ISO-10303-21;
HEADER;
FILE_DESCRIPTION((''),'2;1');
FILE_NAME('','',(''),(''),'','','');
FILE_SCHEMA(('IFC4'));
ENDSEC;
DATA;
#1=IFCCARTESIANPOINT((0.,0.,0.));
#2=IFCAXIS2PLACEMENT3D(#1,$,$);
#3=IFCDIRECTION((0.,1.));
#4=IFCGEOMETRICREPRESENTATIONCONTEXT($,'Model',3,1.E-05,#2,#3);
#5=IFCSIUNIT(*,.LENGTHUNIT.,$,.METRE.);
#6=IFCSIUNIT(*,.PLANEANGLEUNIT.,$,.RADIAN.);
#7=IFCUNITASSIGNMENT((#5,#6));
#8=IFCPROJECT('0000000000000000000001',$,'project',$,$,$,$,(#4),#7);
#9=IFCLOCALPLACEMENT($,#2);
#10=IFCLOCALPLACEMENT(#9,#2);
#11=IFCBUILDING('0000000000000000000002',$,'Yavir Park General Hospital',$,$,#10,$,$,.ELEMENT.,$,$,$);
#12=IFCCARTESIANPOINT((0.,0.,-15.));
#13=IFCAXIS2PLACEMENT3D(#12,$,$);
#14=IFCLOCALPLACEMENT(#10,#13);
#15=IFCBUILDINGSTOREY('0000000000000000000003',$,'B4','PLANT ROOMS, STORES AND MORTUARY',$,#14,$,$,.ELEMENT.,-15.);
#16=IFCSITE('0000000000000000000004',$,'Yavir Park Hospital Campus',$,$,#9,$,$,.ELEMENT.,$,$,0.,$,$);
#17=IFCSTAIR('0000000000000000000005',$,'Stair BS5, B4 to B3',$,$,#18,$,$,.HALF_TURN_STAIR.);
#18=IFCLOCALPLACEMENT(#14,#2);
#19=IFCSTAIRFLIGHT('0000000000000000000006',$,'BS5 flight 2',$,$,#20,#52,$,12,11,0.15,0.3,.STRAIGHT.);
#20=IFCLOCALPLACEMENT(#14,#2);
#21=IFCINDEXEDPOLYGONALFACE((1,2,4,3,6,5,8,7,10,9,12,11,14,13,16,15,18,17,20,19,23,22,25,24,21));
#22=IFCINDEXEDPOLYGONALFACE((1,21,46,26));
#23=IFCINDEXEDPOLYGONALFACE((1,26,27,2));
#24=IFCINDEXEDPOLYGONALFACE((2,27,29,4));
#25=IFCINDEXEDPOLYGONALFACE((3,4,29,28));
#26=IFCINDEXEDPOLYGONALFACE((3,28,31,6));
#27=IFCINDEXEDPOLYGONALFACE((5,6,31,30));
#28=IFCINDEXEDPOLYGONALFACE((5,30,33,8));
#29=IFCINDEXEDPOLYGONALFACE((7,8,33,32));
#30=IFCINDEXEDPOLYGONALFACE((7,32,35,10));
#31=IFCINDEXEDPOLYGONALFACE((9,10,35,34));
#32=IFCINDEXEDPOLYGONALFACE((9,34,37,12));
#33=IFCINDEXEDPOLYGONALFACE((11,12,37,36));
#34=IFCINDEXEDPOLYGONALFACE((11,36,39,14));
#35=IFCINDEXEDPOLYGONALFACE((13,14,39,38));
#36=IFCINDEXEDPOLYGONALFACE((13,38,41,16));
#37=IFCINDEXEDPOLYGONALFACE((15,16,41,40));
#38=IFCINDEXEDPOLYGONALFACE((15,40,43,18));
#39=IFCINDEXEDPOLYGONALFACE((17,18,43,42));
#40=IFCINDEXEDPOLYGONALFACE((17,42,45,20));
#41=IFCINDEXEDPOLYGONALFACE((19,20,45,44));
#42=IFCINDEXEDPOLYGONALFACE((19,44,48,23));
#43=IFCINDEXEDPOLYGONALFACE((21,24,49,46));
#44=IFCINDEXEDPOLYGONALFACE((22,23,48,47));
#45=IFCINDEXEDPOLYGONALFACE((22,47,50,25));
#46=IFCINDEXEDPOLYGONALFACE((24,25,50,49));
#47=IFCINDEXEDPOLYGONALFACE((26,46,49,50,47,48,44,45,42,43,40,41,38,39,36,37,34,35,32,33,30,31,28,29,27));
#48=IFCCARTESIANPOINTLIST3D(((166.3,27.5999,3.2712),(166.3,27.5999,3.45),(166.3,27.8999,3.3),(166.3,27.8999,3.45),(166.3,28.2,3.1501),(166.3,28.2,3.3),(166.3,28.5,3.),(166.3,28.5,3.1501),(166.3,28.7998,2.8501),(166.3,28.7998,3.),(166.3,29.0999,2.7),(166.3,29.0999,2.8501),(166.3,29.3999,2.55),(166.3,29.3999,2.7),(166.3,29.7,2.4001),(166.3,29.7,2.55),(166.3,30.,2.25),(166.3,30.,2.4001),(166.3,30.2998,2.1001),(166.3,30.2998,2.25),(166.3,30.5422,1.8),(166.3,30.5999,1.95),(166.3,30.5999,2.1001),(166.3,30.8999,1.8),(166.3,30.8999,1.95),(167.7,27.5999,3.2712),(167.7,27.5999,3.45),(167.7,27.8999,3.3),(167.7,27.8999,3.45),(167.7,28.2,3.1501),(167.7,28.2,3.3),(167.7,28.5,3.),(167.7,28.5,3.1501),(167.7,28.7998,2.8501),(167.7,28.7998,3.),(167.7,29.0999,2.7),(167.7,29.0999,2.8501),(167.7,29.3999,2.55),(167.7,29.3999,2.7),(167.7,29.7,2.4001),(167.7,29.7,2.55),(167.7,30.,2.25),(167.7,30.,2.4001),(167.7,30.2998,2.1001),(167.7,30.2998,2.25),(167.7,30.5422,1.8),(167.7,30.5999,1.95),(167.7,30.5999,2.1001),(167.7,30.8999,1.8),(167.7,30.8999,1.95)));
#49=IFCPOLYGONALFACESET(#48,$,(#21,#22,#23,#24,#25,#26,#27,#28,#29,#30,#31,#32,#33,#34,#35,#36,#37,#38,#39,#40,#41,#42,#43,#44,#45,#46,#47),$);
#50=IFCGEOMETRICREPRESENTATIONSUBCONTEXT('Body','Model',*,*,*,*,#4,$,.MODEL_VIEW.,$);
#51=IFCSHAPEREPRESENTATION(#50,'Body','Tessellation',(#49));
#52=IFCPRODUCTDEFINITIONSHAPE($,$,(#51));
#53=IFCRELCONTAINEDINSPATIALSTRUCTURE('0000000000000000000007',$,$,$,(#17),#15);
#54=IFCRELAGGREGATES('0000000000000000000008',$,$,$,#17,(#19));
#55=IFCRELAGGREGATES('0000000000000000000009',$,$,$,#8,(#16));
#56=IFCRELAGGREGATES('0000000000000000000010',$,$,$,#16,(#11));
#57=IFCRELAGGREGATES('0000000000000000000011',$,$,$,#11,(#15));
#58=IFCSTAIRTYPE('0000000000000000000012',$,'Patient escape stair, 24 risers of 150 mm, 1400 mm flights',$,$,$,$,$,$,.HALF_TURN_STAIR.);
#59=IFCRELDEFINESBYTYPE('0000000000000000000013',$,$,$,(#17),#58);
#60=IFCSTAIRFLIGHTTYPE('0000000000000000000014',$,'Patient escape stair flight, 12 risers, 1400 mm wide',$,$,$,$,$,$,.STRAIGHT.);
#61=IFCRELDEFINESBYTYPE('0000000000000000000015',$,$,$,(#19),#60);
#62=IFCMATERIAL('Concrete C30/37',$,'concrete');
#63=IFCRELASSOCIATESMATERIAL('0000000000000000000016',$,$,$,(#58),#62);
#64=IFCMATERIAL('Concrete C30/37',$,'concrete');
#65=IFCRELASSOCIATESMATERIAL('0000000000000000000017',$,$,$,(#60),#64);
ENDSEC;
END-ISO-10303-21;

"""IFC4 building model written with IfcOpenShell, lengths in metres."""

from ifc_helpers import new_model, si_unit, direction, frame, origin, place, context, subcontext, project, spatial, polyline, outline, extrude, material, type_object, element, aggregate, save


model = new_model("IFC4")

# Units and contexts
model_context = context("Model", 3, precision=1e-05, world=origin(), true_north=direction((0.0, 1.0)))
body_context = subcontext(model_context, "Body", "Model", "MODEL_VIEW")
ifc_project = project(units=[si_unit("LENGTHUNIT", "METRE"), si_unit("PLANEANGLEUNIT", "RADIAN")], contexts=[model_context])

# Site, building, storey
site_placement = place(None, origin())
site = spatial("IfcSite", under=ifc_project, at=site_placement, Name="Yavir Park Hospital Campus", CompositionType="ELEMENT", RefElevation=0.0)
building_placement = place(site_placement, origin())
building = spatial("IfcBuilding", under=site, at=building_placement, Name="Yavir Park General Hospital", CompositionType="ELEMENT")
storey_placement = place(building_placement, frame((0.0, 0.0, -15.0)))
storey = spatial("IfcBuildingStorey", under=building, at=storey_placement, Name="B4", Description="PLANT ROOMS, STORES AND MORTUARY", CompositionType="ELEMENT", Elevation=-15.0)

# Stair, stair flight
ifc_material_1 = material(Name="Concrete C30/37", Category="concrete")
stair_type = type_object("IfcStairType", Name="Patient escape stair, 24 risers of 150 mm, 1400 mm flights", PredefinedType="HALF_TURN_STAIR", material=ifc_material_1)
stair_placement = place(storey_placement, origin())
stair = element("IfcStair", 1, at=stair_placement, inside=storey, type_object=stair_type, Name="Stair BS5, B4 to B3", PredefinedType="HALF_TURN_STAIR")
ifc_material_2 = material(Name="Concrete C30/37", Category="concrete")
stair_flight_type = type_object("IfcStairFlightType", Name="Patient escape stair flight, 12 risers, 1400 mm wide", PredefinedType="STRAIGHT", material=ifc_material_2)
stair_flight_1_placement = place(storey_placement, frame((167.0, 30.8999, 1.8), z_axis=(0.0, 0.0, 1.0), x_axis=(0.0, -1.0, 0.0)))
stair_flight_1 = element("IfcStairFlight", 2, at=stair_flight_1_placement, type_object=stair_flight_type, Name="BS5 flight 2", NumberOfRisers=12, NumberOfTreads=11, PredefinedType="STRAIGHT", RiserHeight=0.15, TreadLength=0.3, context=body_context, shape_type="SweptSolid", body=[
    extrude(outline(polyline([(0.0, 0.0), (0.0, 0.1499), (0.3, 0.1499), (0.3, 0.3), (0.6001, 0.3), (0.6001, 0.45), (0.8999, 0.45), (0.8999, 0.6001), (1.2, 0.6001), (1.2, 0.75), (1.5, 0.75), (1.5, 0.8999), (1.8, 0.8999), (1.8, 1.05), (2.1001, 1.05), (2.1001, 1.2), (2.3999, 1.2), (2.3999, 1.3501), (2.7, 1.3501), (2.7, 1.5), (3.0, 1.5), (3.0, 1.6499), (3.3, 1.6499), (3.3, 1.8), (3.3, 1.4712), (0.3577, 0.0), (0.0, 0.0)])), frame((0.0, 0.7, 0.0), z_axis=(0.0, -1.0, 0.0), x_axis=(1.0, 0.0, 0.0)), (0.0, 0.0, 1.0), 1.3999),
])
aggregate(stair, [stair_flight_1])

save(model, "model.ifc")
